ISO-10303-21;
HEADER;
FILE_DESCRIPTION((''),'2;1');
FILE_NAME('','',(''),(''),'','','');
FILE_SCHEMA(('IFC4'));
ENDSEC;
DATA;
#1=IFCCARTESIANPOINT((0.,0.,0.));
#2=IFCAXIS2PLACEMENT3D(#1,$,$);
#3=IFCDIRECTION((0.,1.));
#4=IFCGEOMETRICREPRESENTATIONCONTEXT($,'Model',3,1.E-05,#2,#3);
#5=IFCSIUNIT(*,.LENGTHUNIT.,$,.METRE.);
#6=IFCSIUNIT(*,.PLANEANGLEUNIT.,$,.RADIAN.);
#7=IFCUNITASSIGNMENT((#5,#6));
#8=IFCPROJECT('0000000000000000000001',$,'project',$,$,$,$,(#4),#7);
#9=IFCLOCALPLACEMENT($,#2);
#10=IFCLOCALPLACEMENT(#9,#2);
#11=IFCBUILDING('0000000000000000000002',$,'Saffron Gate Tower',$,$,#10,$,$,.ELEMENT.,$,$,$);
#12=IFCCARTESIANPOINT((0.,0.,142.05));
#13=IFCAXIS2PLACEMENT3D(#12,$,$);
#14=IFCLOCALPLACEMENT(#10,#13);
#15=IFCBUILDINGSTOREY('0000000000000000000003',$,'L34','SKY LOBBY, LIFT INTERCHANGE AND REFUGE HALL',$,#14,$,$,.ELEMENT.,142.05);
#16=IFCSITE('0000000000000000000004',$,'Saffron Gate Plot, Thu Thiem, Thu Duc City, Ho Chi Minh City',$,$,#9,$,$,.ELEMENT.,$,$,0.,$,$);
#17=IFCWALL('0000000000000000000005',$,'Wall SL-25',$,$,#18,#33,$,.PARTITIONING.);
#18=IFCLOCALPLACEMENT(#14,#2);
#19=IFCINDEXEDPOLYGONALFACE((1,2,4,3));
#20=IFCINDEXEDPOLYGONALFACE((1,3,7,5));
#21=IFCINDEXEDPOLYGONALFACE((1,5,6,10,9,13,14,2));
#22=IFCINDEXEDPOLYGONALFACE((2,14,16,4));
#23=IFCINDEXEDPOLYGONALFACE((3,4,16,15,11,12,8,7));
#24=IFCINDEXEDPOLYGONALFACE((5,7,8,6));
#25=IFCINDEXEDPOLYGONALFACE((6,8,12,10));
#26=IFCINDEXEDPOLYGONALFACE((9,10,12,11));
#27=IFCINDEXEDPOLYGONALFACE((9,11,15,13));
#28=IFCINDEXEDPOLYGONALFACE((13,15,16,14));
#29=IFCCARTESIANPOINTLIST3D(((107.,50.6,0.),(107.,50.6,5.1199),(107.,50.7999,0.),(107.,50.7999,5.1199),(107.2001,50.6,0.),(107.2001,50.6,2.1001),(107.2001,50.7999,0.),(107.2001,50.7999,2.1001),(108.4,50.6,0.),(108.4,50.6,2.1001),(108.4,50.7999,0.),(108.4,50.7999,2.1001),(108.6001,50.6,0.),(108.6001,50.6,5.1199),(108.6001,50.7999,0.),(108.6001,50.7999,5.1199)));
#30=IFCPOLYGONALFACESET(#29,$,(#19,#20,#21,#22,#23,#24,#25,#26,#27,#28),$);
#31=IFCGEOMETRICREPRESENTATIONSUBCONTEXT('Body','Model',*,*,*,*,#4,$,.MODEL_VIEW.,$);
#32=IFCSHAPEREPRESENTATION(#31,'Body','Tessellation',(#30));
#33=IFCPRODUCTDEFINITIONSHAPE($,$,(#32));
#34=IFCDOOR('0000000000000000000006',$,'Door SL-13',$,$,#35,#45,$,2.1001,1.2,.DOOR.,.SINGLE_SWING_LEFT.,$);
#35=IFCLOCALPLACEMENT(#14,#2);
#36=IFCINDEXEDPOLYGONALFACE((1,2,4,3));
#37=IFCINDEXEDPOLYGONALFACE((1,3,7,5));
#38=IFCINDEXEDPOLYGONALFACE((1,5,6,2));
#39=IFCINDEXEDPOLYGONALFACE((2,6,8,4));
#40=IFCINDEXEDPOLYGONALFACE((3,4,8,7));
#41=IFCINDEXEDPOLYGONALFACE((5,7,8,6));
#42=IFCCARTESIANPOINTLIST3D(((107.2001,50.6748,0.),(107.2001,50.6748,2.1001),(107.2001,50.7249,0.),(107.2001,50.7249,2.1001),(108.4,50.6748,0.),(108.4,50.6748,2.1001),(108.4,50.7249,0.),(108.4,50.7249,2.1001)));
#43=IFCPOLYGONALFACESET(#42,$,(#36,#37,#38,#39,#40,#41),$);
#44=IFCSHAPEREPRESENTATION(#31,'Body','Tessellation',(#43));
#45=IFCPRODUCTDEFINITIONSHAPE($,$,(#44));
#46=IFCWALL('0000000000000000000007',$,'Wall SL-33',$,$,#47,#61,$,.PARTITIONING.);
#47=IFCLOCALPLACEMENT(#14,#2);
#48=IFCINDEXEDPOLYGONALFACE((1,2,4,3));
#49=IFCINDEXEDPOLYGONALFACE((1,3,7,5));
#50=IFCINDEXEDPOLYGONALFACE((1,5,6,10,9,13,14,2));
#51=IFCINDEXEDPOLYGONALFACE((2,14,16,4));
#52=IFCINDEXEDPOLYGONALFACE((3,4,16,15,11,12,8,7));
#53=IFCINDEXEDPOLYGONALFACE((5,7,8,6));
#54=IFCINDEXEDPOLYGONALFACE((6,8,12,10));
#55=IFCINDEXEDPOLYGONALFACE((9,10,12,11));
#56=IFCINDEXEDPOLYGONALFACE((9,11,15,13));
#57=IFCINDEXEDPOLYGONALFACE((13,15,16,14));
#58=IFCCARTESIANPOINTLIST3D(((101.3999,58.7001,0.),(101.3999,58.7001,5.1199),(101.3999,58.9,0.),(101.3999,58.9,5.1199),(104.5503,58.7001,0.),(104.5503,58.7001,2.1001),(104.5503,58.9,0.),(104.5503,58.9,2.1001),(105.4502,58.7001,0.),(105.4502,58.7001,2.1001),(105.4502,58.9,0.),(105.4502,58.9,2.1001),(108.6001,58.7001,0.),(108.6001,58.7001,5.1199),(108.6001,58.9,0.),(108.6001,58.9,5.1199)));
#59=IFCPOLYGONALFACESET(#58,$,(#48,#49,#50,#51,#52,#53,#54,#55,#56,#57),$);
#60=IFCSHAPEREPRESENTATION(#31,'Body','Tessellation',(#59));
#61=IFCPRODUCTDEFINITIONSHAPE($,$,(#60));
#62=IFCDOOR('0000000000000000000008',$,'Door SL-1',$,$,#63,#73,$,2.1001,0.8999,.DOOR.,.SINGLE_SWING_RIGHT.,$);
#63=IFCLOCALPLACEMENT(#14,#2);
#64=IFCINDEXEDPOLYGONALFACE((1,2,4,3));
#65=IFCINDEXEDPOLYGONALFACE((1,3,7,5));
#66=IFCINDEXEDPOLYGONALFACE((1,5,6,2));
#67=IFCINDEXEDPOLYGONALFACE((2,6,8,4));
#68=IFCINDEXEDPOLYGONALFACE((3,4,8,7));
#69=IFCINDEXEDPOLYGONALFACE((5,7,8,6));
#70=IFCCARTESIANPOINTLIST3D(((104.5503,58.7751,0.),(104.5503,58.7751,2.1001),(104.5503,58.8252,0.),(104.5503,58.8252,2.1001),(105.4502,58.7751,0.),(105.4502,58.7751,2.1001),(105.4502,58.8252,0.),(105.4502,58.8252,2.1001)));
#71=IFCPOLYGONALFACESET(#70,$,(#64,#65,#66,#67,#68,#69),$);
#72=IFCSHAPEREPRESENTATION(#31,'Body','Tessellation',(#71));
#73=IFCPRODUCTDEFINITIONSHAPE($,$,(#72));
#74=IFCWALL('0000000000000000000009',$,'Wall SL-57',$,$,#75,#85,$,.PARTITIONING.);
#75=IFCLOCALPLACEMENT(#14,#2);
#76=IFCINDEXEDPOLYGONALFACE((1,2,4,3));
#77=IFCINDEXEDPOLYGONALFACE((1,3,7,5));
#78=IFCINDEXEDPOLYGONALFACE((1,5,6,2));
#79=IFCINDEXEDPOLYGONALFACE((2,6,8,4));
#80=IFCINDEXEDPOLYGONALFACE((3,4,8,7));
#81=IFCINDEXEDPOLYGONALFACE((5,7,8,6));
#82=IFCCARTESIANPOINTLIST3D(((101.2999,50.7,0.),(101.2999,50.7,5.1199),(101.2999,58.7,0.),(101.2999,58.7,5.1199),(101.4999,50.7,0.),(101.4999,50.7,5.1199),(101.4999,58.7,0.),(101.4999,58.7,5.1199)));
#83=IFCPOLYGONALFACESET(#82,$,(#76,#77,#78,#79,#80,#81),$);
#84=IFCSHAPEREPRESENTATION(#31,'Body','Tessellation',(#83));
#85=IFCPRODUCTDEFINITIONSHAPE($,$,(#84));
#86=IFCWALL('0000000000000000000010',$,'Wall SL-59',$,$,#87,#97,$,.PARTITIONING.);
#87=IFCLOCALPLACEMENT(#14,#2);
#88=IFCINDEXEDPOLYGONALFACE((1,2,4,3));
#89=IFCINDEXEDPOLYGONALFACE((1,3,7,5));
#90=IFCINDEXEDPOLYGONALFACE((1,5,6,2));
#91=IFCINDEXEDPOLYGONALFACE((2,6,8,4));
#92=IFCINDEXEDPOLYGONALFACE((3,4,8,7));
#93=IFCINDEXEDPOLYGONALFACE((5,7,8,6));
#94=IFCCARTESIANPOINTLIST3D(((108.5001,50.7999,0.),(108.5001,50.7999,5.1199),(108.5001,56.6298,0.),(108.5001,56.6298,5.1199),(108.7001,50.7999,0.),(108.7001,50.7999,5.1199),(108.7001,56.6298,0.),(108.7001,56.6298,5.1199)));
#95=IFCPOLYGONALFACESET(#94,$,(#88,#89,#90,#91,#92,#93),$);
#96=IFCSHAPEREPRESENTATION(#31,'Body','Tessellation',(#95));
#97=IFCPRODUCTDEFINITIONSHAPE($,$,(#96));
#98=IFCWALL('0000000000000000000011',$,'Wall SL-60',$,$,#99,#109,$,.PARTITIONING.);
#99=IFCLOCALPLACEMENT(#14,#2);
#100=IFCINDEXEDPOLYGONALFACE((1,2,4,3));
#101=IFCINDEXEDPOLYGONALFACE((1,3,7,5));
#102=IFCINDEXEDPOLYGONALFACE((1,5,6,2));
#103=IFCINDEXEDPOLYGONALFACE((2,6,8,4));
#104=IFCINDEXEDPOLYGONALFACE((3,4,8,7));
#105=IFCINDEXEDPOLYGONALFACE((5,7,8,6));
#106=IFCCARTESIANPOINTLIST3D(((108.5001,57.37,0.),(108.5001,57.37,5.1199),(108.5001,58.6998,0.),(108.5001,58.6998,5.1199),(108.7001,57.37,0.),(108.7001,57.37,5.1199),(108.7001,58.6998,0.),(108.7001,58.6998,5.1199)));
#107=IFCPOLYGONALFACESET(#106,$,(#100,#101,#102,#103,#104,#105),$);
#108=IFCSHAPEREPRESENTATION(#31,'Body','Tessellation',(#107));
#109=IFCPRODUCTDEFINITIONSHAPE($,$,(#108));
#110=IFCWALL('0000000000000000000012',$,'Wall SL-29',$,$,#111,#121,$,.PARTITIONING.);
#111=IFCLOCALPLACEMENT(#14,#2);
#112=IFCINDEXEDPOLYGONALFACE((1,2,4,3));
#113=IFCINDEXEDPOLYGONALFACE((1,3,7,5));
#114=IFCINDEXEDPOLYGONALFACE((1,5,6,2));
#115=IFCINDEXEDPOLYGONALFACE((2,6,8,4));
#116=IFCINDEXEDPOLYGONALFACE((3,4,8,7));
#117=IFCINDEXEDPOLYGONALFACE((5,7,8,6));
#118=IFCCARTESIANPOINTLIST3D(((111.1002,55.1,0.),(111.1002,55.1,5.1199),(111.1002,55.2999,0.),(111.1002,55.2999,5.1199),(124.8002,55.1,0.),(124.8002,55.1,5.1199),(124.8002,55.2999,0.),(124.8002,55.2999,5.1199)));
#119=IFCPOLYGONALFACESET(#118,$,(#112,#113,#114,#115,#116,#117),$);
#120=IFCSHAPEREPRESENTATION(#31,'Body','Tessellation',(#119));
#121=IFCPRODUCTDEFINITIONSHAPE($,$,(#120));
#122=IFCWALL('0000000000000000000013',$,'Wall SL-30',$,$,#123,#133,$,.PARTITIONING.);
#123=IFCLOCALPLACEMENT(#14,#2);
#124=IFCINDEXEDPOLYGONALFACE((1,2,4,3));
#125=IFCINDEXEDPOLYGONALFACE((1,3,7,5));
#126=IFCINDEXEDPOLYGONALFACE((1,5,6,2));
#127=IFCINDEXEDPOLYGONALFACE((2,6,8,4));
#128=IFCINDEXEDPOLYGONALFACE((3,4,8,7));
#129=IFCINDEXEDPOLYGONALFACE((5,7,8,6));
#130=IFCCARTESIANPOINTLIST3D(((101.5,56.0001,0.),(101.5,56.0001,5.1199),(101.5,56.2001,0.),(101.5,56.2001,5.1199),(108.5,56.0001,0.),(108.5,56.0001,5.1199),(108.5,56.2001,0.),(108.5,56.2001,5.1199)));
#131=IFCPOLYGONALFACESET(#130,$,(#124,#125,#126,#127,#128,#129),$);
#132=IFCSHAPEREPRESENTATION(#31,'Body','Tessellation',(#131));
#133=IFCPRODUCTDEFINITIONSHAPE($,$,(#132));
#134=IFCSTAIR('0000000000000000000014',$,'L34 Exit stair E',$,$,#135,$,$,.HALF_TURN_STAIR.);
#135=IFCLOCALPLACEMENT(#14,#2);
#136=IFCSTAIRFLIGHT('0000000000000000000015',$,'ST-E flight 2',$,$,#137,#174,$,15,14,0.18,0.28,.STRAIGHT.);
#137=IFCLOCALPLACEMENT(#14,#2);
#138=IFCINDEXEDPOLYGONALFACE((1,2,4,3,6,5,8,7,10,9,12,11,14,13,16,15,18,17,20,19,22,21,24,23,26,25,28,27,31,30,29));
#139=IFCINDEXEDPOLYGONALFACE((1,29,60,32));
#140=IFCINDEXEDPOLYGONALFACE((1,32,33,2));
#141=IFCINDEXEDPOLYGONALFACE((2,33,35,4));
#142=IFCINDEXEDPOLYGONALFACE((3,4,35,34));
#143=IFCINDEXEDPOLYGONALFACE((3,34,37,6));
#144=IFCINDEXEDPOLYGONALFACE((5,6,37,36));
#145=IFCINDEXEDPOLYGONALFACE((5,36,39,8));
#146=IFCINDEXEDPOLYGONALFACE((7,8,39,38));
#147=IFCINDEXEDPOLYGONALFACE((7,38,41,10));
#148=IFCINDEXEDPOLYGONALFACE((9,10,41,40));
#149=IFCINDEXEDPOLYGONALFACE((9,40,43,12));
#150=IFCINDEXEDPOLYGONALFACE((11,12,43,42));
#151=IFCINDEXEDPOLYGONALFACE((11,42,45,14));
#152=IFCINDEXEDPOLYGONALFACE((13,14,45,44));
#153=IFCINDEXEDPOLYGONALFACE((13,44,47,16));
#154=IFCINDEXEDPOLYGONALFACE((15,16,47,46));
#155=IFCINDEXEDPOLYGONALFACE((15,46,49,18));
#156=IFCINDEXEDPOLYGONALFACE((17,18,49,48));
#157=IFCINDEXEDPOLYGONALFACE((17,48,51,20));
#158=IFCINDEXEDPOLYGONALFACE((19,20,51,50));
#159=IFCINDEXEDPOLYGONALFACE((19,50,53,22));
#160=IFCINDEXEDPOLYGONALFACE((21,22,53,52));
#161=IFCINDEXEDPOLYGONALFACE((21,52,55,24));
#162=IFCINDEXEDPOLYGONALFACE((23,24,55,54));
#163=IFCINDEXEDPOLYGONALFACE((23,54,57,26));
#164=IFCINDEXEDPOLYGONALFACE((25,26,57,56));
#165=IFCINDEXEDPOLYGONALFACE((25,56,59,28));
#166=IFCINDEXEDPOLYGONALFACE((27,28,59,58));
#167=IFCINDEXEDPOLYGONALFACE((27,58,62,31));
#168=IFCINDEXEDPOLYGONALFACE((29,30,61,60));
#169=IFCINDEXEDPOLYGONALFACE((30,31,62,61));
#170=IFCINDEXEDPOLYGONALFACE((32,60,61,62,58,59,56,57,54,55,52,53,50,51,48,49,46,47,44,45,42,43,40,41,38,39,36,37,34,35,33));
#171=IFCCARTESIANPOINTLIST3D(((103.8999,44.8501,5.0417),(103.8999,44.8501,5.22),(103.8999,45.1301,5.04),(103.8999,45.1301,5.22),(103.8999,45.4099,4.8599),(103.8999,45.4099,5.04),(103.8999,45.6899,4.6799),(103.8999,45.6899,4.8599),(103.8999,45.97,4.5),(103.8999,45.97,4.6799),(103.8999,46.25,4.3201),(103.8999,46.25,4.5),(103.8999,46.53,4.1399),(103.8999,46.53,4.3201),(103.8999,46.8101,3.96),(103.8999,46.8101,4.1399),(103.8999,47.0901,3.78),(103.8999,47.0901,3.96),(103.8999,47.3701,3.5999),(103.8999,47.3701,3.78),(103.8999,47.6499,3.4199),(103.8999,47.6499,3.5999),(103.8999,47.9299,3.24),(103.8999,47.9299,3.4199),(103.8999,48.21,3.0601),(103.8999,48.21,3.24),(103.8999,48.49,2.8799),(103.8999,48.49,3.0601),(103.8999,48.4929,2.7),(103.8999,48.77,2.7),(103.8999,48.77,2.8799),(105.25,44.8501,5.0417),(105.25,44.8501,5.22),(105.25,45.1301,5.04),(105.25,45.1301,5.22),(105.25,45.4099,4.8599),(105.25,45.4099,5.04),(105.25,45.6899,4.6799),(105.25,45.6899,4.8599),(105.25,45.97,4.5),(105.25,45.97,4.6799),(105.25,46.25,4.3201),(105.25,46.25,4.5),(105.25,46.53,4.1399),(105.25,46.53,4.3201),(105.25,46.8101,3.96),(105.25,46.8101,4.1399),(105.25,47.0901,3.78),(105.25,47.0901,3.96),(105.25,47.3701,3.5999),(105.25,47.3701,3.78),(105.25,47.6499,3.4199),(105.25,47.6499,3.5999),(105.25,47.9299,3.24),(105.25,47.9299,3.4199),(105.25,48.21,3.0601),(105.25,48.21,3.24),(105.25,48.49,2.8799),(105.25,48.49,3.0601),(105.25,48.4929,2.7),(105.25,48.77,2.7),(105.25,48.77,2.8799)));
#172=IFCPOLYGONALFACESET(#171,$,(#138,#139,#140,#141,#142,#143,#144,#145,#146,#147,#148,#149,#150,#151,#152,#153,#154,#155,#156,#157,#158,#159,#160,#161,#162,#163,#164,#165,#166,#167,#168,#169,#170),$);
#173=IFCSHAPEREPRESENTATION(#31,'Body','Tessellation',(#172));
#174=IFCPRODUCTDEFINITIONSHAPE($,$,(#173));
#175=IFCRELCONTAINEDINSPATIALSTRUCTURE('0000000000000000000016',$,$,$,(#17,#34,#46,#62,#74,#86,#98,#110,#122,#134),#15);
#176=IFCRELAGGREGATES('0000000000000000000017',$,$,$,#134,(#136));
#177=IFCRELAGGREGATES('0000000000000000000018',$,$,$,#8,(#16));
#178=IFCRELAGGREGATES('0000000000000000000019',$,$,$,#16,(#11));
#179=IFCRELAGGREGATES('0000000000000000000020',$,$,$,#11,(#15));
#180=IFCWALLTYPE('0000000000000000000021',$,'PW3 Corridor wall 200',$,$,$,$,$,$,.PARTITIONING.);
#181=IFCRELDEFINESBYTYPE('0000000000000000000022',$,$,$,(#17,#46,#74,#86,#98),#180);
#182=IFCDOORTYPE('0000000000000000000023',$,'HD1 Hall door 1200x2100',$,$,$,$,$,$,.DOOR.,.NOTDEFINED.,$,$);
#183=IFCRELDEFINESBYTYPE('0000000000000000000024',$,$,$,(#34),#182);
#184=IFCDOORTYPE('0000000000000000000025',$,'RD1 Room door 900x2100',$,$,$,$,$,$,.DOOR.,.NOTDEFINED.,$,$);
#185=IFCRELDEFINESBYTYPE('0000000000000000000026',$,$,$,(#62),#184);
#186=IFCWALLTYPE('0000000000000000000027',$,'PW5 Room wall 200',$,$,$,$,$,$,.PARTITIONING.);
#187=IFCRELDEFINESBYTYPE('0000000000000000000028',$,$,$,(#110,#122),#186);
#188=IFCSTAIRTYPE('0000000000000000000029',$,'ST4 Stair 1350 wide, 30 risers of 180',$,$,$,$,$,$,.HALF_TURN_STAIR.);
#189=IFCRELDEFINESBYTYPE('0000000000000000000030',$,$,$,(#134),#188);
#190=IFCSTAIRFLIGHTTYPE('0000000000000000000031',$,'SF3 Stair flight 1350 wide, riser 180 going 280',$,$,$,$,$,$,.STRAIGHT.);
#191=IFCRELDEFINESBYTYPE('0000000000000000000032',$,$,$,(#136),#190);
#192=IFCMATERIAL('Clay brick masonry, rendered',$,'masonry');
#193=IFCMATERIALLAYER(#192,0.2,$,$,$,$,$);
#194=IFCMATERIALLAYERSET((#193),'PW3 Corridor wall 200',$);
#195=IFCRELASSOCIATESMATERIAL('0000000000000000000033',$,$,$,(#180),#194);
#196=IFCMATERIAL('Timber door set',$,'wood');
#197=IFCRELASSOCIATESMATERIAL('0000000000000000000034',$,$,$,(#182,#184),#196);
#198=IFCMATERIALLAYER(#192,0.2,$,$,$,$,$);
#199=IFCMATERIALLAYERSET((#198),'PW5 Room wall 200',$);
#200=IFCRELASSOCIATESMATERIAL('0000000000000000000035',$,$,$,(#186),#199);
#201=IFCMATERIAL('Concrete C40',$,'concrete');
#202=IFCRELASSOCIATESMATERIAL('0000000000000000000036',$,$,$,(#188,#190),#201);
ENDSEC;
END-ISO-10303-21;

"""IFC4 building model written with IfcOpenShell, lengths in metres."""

from ifc_helpers import new_model, si_unit, direction, frame, frame_2d, origin, place, context, subcontext, project, spatial, polyline, rectangle, outline, extrude, material, layer, layer_set, type_object, element, fill, aggregate, save


model = new_model("IFC4")

# Units and contexts
model_context = context("Model", 3, precision=1e-05, world=origin(), true_north=direction((0.0, 1.0)))
body_context = subcontext(model_context, "Body", "Model", "MODEL_VIEW")
ifc_project = project(units=[si_unit("LENGTHUNIT", "METRE"), si_unit("PLANEANGLEUNIT", "RADIAN")], contexts=[model_context])

# Site, building, storey
site_placement = place(None, origin())
site = spatial("IfcSite", under=ifc_project, at=site_placement, Name="Saffron Gate Plot, Thu Thiem, Thu Duc City, Ho Chi Minh City", CompositionType="ELEMENT", RefElevation=0.0)
building_placement = place(site_placement, origin())
building = spatial("IfcBuilding", under=site, at=building_placement, Name="Saffron Gate Tower", CompositionType="ELEMENT")
storey_placement = place(building_placement, frame((0.0, 0.0, 142.05)))
storey = spatial("IfcBuildingStorey", under=building, at=storey_placement, Name="L34", Description="SKY LOBBY, LIFT INTERCHANGE AND REFUGE HALL", CompositionType="ELEMENT", Elevation=142.05)

# Walls, openings, doors
ifc_material_1 = material(Name="Clay brick masonry, rendered", Category="masonry")
ifc_layer_1 = layer(ifc_material_1, 0.2)
ifc_layer_set_1 = layer_set([ifc_layer_1], Name="PW3 Corridor wall 200")
wall_type_1 = type_object("IfcWallType", Name="PW3 Corridor wall 200", PredefinedType="PARTITIONING", material=ifc_layer_set_1)
wall_1_placement = place(storey_placement, frame((107.0, 50.7, 0.0), z_axis=(0.0, 0.0, 1.0), x_axis=(1.0, 0.0, 0.0)))
wall_1 = element("IfcWall", 1, at=wall_1_placement, inside=storey, type_object=wall_type_1, Name="Wall SL-25", PredefinedType="PARTITIONING", context=body_context, shape_type="SweptSolid", body=[
    extrude(rectangle(XDim=1.6001, YDim=0.2, at=frame_2d((0.8, 0.0))), origin(), (0.0, 0.0, 1.0), 5.1199),
])
opening_1_placement = place(wall_1_placement, frame((0.2, 0.0, 0.0)))
opening_1 = element("IfcOpeningElement", 2, at=opening_1_placement, cuts=wall_1, PredefinedType="OPENING", context=body_context, shape_type="SweptSolid", body=[
    extrude(rectangle(XDim=1.2, YDim=2.1001, at=frame_2d((0.6001, 1.05))), frame((0.0, 0.1099, 0.0), z_axis=(0.0, -1.0, 0.0), x_axis=(1.0, 0.0, 0.0)), (0.0, 0.0, 1.0), 0.22),
])
ifc_material_2 = material(Name="Timber door set", Category="wood")
door_type_1 = type_object("IfcDoorType", Name="HD1 Hall door 1200x2100", OperationType="NOTDEFINED", PredefinedType="DOOR", material=ifc_material_2)
door_1_placement = place(opening_1_placement, origin())
door_1 = element("IfcDoor", 3, at=door_1_placement, inside=storey, type_object=door_type_1, Name="Door SL-13", OperationType="SINGLE_SWING_LEFT", OverallHeight=2.1001, OverallWidth=1.2, PredefinedType="DOOR", context=body_context, shape_type="SweptSolid", body=[
    extrude(rectangle(XDim=1.2, YDim=2.1001, at=frame_2d((0.6001, 1.05))), frame((0.0, 0.0249, 0.0), z_axis=(0.0, -1.0, 0.0), x_axis=(1.0, 0.0, 0.0)), (0.0, 0.0, 1.0), 0.05),
])
fill(opening_1, door_1)
wall_2_placement = place(storey_placement, frame((108.6001, 58.8, 0.0), z_axis=(0.0, 0.0, 1.0), x_axis=(-1.0, 0.0, 0.0)))
wall_2 = element("IfcWall", 4, at=wall_2_placement, inside=storey, type_object=wall_type_1, Name="Wall SL-33", PredefinedType="PARTITIONING", context=body_context, shape_type="SweptSolid", body=[
    extrude(rectangle(XDim=7.2002, YDim=0.2, at=frame_2d((3.6001, 0.0))), origin(), (0.0, 0.0, 1.0), 5.1199),
])
opening_2_placement = place(wall_2_placement, frame((3.1499, 0.0, 0.0)))
opening_2 = element("IfcOpeningElement", 5, at=opening_2_placement, cuts=wall_2, PredefinedType="OPENING", context=body_context, shape_type="SweptSolid", body=[
    extrude(rectangle(XDim=0.8999, YDim=2.1001, at=frame_2d((0.45, 1.05))), frame((0.0, 0.1099, 0.0), z_axis=(0.0, -1.0, 0.0), x_axis=(1.0, 0.0, 0.0)), (0.0, 0.0, 1.0), 0.22),
])
door_type_2 = type_object("IfcDoorType", Name="RD1 Room door 900x2100", OperationType="NOTDEFINED", PredefinedType="DOOR", material=ifc_material_2)
door_2_placement = place(opening_2_placement, origin())
door_2 = element("IfcDoor", 6, at=door_2_placement, inside=storey, type_object=door_type_2, Name="Door SL-1", OperationType="SINGLE_SWING_RIGHT", OverallHeight=2.1001, OverallWidth=0.8999, PredefinedType="DOOR", context=body_context, shape_type="SweptSolid", body=[
    extrude(rectangle(XDim=0.8999, YDim=2.1001, at=frame_2d((0.45, 1.05))), frame((0.0, 0.0249, 0.0), z_axis=(0.0, -1.0, 0.0), x_axis=(1.0, 0.0, 0.0)), (0.0, 0.0, 1.0), 0.05),
])
fill(opening_2, door_2)

# Walls
wall_3_placement = place(storey_placement, frame((101.3999, 58.7, 0.0), z_axis=(0.0, 0.0, 1.0), x_axis=(0.0, -1.0, 0.0)))
element("IfcWall", 7, at=wall_3_placement, inside=storey, type_object=wall_type_1, Name="Wall SL-57", PredefinedType="PARTITIONING", context=body_context, shape_type="SweptSolid", body=[
    extrude(rectangle(XDim=8.0, YDim=0.2, at=frame_2d((4.0, 0.0))), origin(), (0.0, 0.0, 1.0), 5.1199),
])
wall_4_placement = place(storey_placement, frame((108.6001, 56.6299, 0.0), z_axis=(0.0, 0.0, 1.0), x_axis=(0.0, -1.0, 0.0)))
element("IfcWall", 8, at=wall_4_placement, inside=storey, type_object=wall_type_1, Name="Wall SL-59", PredefinedType="PARTITIONING", context=body_context, shape_type="SweptSolid", body=[
    extrude(rectangle(XDim=5.8298, YDim=0.2, at=frame_2d((2.915, 0.0))), origin(), (0.0, 0.0, 1.0), 5.1199),
])
wall_5_placement = place(storey_placement, frame((108.6001, 58.7, 0.0), z_axis=(0.0, 0.0, 1.0), x_axis=(0.0, -1.0, 0.0)))
element("IfcWall", 9, at=wall_5_placement, inside=storey, type_object=wall_type_1, Name="Wall SL-60", PredefinedType="PARTITIONING", context=body_context, shape_type="SweptSolid", body=[
    extrude(rectangle(XDim=1.3298, YDim=0.2, at=frame_2d((0.665, 0.0))), origin(), (0.0, 0.0, 1.0), 5.1199),
])
ifc_layer_2 = layer(ifc_material_1, 0.2)
ifc_layer_set_2 = layer_set([ifc_layer_2], Name="PW5 Room wall 200")
wall_type_2 = type_object("IfcWallType", Name="PW5 Room wall 200", PredefinedType="PARTITIONING", material=ifc_layer_set_2)
wall_6_placement = place(storey_placement, frame((111.1001, 55.2, 0.0), z_axis=(0.0, 0.0, 1.0), x_axis=(1.0, 0.0, 0.0)))
element("IfcWall", 10, at=wall_6_placement, inside=storey, type_object=wall_type_2, Name="Wall SL-29", PredefinedType="PARTITIONING", context=body_context, shape_type="SweptSolid", body=[
    extrude(rectangle(XDim=13.7, YDim=0.2, at=frame_2d((6.8501, 0.0))), origin(), (0.0, 0.0, 1.0), 5.1199),
])
wall_7_placement = place(storey_placement, frame((101.5, 56.1001, 0.0), z_axis=(0.0, 0.0, 1.0), x_axis=(1.0, 0.0, 0.0)))
element("IfcWall", 11, at=wall_7_placement, inside=storey, type_object=wall_type_2, Name="Wall SL-30", PredefinedType="PARTITIONING", context=body_context, shape_type="SweptSolid", body=[
    extrude(rectangle(XDim=7.0, YDim=0.2, at=frame_2d((3.5, 0.0))), origin(), (0.0, 0.0, 1.0), 5.1199),
])

# Stair, stair flight
ifc_material_3 = material(Name="Concrete C40", Category="concrete")
stair_type = type_object("IfcStairType", Name="ST4 Stair 1350 wide, 30 risers of 180", PredefinedType="HALF_TURN_STAIR", material=ifc_material_3)
stair_placement = place(storey_placement, origin())
stair = element("IfcStair", 12, at=stair_placement, inside=storey, type_object=stair_type, Name="L34 Exit stair E", PredefinedType="HALF_TURN_STAIR")
stair_flight_type = type_object("IfcStairFlightType", Name="SF3 Stair flight 1350 wide, riser 180 going 280", PredefinedType="STRAIGHT", material=ifc_material_3)
stair_flight_placement = place(storey_placement, frame((104.575, 48.77, 2.7), z_axis=(0.0, 0.0, 1.0), x_axis=(0.0, -1.0, 0.0)))
stair_flight = element("IfcStairFlight", 13, at=stair_flight_placement, type_object=stair_flight_type, Name="ST-E flight 2", NumberOfRisers=15, NumberOfTreads=14, PredefinedType="STRAIGHT", RiserHeight=0.18, TreadLength=0.28, context=body_context, shape_type="SweptSolid", body=[
    extrude(outline(polyline([(0.0, 0.0), (0.0, 0.1799), (0.28, 0.1799), (0.28, 0.3601), (0.5601, 0.3601), (0.5601, 0.54), (0.8401, 0.54), (0.8401, 0.72), (1.1201, 0.72), (1.1201, 0.8999), (1.3999, 0.8999), (1.3999, 1.0801), (1.6799, 1.0801), (1.6799, 1.26), (1.96, 1.26), (1.96, 1.4399), (2.24, 1.4399), (2.24, 1.6201), (2.52, 1.6201), (2.52, 1.8), (2.8, 1.8), (2.8, 1.98), (3.0801, 1.98), (3.0801, 2.1599), (3.3601, 2.1599), (3.3601, 2.3401), (3.6399, 2.3401), (3.6399, 2.52), (3.9199, 2.52), (3.9199, 2.7), (3.9199, 2.3418), (0.2771, 0.0), (0.0, 0.0)])), frame((0.0, 0.675, 0.0), z_axis=(0.0, -1.0, 0.0), x_axis=(1.0, 0.0, 0.0)), (0.0, 0.0, 1.0), 1.3501),
])
aggregate(stair, [stair_flight])

save(model, "model.ifc")
